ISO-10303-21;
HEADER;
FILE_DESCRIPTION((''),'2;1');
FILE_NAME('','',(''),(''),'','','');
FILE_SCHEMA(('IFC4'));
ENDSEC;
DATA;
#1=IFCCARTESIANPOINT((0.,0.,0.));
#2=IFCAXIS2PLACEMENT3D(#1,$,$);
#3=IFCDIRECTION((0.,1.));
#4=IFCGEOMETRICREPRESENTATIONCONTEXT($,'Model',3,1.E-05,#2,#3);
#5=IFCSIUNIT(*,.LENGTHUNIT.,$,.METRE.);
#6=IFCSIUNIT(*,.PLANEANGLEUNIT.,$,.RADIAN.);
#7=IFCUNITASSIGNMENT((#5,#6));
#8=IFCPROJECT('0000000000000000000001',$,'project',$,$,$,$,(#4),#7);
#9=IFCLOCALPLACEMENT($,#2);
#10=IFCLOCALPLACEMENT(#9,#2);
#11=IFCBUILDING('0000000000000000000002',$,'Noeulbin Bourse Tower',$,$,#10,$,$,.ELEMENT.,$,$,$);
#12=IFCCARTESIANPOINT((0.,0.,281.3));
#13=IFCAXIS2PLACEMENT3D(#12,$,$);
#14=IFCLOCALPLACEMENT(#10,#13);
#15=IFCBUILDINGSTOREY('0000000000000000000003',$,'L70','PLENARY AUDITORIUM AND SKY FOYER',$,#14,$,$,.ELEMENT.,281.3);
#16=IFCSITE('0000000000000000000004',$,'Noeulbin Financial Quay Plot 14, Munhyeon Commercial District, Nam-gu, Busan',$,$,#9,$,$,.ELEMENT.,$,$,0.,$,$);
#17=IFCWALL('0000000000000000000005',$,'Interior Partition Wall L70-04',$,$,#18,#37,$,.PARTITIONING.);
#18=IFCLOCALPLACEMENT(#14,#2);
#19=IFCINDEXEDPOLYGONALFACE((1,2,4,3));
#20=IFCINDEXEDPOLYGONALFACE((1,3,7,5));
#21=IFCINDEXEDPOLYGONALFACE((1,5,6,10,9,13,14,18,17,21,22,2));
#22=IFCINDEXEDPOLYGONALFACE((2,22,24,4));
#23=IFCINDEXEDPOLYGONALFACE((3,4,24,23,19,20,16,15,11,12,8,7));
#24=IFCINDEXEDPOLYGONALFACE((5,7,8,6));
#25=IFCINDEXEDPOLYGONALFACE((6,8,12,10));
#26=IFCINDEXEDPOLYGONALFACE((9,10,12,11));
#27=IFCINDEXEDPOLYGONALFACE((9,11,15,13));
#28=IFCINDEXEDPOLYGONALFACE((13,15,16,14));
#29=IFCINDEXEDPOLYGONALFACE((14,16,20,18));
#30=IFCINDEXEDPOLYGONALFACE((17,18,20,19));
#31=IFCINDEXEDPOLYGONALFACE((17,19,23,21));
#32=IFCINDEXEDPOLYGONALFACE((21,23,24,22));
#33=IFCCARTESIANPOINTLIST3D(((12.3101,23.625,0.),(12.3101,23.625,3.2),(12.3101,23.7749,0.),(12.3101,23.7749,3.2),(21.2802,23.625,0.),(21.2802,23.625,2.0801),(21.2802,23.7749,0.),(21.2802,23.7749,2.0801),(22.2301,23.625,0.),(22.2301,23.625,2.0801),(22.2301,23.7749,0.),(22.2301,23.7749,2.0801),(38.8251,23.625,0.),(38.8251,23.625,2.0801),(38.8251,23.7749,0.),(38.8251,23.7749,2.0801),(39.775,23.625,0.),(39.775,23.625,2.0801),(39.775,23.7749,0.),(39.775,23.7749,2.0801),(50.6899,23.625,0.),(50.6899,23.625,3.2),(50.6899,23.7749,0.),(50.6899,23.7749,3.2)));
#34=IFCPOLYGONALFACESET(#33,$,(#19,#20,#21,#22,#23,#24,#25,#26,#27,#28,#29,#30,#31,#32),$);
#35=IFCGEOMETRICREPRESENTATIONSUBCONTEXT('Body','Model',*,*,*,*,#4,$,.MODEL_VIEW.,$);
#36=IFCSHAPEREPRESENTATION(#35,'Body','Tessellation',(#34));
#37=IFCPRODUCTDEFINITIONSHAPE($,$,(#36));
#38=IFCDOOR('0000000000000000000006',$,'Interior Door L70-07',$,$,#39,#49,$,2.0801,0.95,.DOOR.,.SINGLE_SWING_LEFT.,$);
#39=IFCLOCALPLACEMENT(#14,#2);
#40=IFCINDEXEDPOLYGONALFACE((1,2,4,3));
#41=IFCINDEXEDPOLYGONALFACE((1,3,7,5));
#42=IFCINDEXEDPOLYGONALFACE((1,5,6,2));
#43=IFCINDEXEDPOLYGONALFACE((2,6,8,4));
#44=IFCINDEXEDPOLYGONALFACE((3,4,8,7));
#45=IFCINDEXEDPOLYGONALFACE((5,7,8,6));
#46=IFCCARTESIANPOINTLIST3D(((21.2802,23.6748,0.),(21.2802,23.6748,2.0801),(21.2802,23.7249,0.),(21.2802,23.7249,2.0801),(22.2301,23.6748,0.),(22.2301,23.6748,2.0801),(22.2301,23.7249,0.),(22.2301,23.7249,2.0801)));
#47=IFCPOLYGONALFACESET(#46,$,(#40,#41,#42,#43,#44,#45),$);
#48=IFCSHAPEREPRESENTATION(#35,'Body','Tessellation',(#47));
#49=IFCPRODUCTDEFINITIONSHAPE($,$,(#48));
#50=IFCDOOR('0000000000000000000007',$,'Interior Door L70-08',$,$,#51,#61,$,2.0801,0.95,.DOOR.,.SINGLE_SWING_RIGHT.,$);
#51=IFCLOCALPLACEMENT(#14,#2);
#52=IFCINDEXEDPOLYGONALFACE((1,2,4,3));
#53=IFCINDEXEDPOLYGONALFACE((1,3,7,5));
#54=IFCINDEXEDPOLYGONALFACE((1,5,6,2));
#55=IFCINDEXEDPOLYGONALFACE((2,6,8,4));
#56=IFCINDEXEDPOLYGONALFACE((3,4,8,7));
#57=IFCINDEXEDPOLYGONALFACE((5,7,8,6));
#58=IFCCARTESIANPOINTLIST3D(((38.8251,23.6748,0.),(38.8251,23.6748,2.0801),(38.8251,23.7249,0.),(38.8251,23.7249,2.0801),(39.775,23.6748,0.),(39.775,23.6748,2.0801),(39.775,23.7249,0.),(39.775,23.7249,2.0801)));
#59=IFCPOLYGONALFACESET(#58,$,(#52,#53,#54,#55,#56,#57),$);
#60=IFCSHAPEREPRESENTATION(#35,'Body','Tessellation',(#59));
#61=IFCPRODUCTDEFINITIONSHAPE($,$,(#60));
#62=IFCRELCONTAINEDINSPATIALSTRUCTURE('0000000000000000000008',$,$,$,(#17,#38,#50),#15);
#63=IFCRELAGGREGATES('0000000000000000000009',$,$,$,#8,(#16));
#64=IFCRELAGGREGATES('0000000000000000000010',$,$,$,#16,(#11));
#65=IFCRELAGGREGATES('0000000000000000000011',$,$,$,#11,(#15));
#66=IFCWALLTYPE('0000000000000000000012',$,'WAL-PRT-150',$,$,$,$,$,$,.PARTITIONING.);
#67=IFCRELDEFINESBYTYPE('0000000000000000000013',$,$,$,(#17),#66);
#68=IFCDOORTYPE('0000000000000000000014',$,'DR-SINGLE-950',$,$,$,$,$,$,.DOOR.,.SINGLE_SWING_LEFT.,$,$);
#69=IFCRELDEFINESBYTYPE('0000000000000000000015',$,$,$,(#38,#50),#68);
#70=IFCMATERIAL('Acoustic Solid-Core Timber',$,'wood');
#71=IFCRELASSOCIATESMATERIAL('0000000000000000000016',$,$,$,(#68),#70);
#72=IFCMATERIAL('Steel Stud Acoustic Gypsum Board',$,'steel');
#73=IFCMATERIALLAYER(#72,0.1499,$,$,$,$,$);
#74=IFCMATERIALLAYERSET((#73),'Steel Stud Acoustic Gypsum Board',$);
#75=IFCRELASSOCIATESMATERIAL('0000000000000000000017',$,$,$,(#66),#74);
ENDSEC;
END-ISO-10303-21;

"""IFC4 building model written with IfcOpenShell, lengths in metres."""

from ifc_helpers import new_model, si_unit, direction, frame, frame_2d, origin, place, context, subcontext, project, spatial, rectangle, extrude, material, layer, layer_set, type_object, element, fill, save


model = new_model("IFC4")

# Units and contexts
model_context = context("Model", 3, precision=1e-05, world=origin(), true_north=direction((0.0, 1.0)))
body_context = subcontext(model_context, "Body", "Model", "MODEL_VIEW")
ifc_project = project(units=[si_unit("LENGTHUNIT", "METRE"), si_unit("PLANEANGLEUNIT", "RADIAN")], contexts=[model_context])

# Site, building, storey
site_placement = place(None, origin())
site = spatial("IfcSite", under=ifc_project, at=site_placement, Name="Noeulbin Financial Quay Plot 14, Munhyeon Commercial District, Nam-gu, Busan", CompositionType="ELEMENT", RefElevation=0.0)
building_placement = place(site_placement, origin())
building = spatial("IfcBuilding", under=site, at=building_placement, Name="Noeulbin Bourse Tower", CompositionType="ELEMENT")
storey_placement = place(building_placement, frame((0.0, 0.0, 281.3)))
storey = spatial("IfcBuildingStorey", under=building, at=storey_placement, Name="L70", Description="PLENARY AUDITORIUM AND SKY FOYER", CompositionType="ELEMENT", Elevation=281.3)

# Shared definitions
ifc_material_1 = material(Name="Acoustic Solid-Core Timber", Category="wood")
door_type_1 = type_object("IfcDoorType", Name="DR-SINGLE-950", OperationType="SINGLE_SWING_LEFT", PredefinedType="DOOR", material=ifc_material_1)

# Wall, openings, doors
ifc_material_2 = material(Name="Steel Stud Acoustic Gypsum Board", Category="steel")
ifc_layer_1 = layer(ifc_material_2, 0.1499)
ifc_layer_set_1 = layer_set([ifc_layer_1], Name="Steel Stud Acoustic Gypsum Board")
wall_type_1 = type_object("IfcWallType", Name="WAL-PRT-150", PredefinedType="PARTITIONING", material=ifc_layer_set_1)
wall_1_placement = place(storey_placement, frame((12.3101, 23.7, 0.0), z_axis=(0.0, 0.0, 1.0), x_axis=(1.0, 0.0, 0.0)))
wall_1 = element("IfcWall", 1, at=wall_1_placement, inside=storey, type_object=wall_type_1, Name="Interior Partition Wall L70-04", PredefinedType="PARTITIONING", context=body_context, shape_type="SweptSolid", body=[
    extrude(rectangle(XDim=38.3799, YDim=0.1499, at=frame_2d((19.1899, 0.0))), origin(), (0.0, 0.0, 1.0), 3.2),
])
opening_1_placement = place(wall_1_placement, frame((8.97, 0.0, 0.0)))
opening_1 = element("IfcOpeningElement", 2, at=opening_1_placement, cuts=wall_1, PredefinedType="OPENING", context=body_context, shape_type="SweptSolid", body=[
    extrude(rectangle(XDim=0.95, YDim=2.0801, at=frame_2d((0.4751, 1.04))), frame((0.0, 0.085, 0.0), z_axis=(0.0, -1.0, 0.0), x_axis=(1.0, 0.0, 0.0)), (0.0, 0.0, 1.0), 0.1699),
])
opening_2_placement = place(wall_1_placement, frame((26.5149, 0.0, 0.0)))
opening_2 = element("IfcOpeningElement", 3, at=opening_2_placement, cuts=wall_1, PredefinedType="OPENING", context=body_context, shape_type="SweptSolid", body=[
    extrude(rectangle(XDim=0.95, YDim=2.0801, at=frame_2d((0.4751, 1.04))), frame((0.0, 0.085, 0.0), z_axis=(0.0, -1.0, 0.0), x_axis=(1.0, 0.0, 0.0)), (0.0, 0.0, 1.0), 0.1699),
])
door_1_placement = place(opening_1_placement, origin())
door_1 = element("IfcDoor", 4, at=door_1_placement, inside=storey, type_object=door_type_1, Name="Interior Door L70-07", OperationType="SINGLE_SWING_LEFT", OverallHeight=2.0801, OverallWidth=0.95, PredefinedType="DOOR", context=body_context, shape_type="SweptSolid", body=[
    extrude(rectangle(XDim=0.95, YDim=2.0801, at=frame_2d((0.4751, 1.04))), frame((0.0, 0.0249, 0.0), z_axis=(0.0, -1.0, 0.0), x_axis=(1.0, 0.0, 0.0)), (0.0, 0.0, 1.0), 0.05),
])
fill(opening_1, door_1)
door_2_placement = place(opening_2_placement, origin())
door_2 = element("IfcDoor", 5, at=door_2_placement, inside=storey, type_object=door_type_1, Name="Interior Door L70-08", OperationType="SINGLE_SWING_RIGHT", OverallHeight=2.0801, OverallWidth=0.95, PredefinedType="DOOR", context=body_context, shape_type="SweptSolid", body=[
    extrude(rectangle(XDim=0.95, YDim=2.0801, at=frame_2d((0.4751, 1.04))), frame((0.0, 0.0249, 0.0), z_axis=(0.0, -1.0, 0.0), x_axis=(1.0, 0.0, 0.0)), (0.0, 0.0, 1.0), 0.05),
])
fill(opening_2, door_2)

save(model, "model.ifc")
